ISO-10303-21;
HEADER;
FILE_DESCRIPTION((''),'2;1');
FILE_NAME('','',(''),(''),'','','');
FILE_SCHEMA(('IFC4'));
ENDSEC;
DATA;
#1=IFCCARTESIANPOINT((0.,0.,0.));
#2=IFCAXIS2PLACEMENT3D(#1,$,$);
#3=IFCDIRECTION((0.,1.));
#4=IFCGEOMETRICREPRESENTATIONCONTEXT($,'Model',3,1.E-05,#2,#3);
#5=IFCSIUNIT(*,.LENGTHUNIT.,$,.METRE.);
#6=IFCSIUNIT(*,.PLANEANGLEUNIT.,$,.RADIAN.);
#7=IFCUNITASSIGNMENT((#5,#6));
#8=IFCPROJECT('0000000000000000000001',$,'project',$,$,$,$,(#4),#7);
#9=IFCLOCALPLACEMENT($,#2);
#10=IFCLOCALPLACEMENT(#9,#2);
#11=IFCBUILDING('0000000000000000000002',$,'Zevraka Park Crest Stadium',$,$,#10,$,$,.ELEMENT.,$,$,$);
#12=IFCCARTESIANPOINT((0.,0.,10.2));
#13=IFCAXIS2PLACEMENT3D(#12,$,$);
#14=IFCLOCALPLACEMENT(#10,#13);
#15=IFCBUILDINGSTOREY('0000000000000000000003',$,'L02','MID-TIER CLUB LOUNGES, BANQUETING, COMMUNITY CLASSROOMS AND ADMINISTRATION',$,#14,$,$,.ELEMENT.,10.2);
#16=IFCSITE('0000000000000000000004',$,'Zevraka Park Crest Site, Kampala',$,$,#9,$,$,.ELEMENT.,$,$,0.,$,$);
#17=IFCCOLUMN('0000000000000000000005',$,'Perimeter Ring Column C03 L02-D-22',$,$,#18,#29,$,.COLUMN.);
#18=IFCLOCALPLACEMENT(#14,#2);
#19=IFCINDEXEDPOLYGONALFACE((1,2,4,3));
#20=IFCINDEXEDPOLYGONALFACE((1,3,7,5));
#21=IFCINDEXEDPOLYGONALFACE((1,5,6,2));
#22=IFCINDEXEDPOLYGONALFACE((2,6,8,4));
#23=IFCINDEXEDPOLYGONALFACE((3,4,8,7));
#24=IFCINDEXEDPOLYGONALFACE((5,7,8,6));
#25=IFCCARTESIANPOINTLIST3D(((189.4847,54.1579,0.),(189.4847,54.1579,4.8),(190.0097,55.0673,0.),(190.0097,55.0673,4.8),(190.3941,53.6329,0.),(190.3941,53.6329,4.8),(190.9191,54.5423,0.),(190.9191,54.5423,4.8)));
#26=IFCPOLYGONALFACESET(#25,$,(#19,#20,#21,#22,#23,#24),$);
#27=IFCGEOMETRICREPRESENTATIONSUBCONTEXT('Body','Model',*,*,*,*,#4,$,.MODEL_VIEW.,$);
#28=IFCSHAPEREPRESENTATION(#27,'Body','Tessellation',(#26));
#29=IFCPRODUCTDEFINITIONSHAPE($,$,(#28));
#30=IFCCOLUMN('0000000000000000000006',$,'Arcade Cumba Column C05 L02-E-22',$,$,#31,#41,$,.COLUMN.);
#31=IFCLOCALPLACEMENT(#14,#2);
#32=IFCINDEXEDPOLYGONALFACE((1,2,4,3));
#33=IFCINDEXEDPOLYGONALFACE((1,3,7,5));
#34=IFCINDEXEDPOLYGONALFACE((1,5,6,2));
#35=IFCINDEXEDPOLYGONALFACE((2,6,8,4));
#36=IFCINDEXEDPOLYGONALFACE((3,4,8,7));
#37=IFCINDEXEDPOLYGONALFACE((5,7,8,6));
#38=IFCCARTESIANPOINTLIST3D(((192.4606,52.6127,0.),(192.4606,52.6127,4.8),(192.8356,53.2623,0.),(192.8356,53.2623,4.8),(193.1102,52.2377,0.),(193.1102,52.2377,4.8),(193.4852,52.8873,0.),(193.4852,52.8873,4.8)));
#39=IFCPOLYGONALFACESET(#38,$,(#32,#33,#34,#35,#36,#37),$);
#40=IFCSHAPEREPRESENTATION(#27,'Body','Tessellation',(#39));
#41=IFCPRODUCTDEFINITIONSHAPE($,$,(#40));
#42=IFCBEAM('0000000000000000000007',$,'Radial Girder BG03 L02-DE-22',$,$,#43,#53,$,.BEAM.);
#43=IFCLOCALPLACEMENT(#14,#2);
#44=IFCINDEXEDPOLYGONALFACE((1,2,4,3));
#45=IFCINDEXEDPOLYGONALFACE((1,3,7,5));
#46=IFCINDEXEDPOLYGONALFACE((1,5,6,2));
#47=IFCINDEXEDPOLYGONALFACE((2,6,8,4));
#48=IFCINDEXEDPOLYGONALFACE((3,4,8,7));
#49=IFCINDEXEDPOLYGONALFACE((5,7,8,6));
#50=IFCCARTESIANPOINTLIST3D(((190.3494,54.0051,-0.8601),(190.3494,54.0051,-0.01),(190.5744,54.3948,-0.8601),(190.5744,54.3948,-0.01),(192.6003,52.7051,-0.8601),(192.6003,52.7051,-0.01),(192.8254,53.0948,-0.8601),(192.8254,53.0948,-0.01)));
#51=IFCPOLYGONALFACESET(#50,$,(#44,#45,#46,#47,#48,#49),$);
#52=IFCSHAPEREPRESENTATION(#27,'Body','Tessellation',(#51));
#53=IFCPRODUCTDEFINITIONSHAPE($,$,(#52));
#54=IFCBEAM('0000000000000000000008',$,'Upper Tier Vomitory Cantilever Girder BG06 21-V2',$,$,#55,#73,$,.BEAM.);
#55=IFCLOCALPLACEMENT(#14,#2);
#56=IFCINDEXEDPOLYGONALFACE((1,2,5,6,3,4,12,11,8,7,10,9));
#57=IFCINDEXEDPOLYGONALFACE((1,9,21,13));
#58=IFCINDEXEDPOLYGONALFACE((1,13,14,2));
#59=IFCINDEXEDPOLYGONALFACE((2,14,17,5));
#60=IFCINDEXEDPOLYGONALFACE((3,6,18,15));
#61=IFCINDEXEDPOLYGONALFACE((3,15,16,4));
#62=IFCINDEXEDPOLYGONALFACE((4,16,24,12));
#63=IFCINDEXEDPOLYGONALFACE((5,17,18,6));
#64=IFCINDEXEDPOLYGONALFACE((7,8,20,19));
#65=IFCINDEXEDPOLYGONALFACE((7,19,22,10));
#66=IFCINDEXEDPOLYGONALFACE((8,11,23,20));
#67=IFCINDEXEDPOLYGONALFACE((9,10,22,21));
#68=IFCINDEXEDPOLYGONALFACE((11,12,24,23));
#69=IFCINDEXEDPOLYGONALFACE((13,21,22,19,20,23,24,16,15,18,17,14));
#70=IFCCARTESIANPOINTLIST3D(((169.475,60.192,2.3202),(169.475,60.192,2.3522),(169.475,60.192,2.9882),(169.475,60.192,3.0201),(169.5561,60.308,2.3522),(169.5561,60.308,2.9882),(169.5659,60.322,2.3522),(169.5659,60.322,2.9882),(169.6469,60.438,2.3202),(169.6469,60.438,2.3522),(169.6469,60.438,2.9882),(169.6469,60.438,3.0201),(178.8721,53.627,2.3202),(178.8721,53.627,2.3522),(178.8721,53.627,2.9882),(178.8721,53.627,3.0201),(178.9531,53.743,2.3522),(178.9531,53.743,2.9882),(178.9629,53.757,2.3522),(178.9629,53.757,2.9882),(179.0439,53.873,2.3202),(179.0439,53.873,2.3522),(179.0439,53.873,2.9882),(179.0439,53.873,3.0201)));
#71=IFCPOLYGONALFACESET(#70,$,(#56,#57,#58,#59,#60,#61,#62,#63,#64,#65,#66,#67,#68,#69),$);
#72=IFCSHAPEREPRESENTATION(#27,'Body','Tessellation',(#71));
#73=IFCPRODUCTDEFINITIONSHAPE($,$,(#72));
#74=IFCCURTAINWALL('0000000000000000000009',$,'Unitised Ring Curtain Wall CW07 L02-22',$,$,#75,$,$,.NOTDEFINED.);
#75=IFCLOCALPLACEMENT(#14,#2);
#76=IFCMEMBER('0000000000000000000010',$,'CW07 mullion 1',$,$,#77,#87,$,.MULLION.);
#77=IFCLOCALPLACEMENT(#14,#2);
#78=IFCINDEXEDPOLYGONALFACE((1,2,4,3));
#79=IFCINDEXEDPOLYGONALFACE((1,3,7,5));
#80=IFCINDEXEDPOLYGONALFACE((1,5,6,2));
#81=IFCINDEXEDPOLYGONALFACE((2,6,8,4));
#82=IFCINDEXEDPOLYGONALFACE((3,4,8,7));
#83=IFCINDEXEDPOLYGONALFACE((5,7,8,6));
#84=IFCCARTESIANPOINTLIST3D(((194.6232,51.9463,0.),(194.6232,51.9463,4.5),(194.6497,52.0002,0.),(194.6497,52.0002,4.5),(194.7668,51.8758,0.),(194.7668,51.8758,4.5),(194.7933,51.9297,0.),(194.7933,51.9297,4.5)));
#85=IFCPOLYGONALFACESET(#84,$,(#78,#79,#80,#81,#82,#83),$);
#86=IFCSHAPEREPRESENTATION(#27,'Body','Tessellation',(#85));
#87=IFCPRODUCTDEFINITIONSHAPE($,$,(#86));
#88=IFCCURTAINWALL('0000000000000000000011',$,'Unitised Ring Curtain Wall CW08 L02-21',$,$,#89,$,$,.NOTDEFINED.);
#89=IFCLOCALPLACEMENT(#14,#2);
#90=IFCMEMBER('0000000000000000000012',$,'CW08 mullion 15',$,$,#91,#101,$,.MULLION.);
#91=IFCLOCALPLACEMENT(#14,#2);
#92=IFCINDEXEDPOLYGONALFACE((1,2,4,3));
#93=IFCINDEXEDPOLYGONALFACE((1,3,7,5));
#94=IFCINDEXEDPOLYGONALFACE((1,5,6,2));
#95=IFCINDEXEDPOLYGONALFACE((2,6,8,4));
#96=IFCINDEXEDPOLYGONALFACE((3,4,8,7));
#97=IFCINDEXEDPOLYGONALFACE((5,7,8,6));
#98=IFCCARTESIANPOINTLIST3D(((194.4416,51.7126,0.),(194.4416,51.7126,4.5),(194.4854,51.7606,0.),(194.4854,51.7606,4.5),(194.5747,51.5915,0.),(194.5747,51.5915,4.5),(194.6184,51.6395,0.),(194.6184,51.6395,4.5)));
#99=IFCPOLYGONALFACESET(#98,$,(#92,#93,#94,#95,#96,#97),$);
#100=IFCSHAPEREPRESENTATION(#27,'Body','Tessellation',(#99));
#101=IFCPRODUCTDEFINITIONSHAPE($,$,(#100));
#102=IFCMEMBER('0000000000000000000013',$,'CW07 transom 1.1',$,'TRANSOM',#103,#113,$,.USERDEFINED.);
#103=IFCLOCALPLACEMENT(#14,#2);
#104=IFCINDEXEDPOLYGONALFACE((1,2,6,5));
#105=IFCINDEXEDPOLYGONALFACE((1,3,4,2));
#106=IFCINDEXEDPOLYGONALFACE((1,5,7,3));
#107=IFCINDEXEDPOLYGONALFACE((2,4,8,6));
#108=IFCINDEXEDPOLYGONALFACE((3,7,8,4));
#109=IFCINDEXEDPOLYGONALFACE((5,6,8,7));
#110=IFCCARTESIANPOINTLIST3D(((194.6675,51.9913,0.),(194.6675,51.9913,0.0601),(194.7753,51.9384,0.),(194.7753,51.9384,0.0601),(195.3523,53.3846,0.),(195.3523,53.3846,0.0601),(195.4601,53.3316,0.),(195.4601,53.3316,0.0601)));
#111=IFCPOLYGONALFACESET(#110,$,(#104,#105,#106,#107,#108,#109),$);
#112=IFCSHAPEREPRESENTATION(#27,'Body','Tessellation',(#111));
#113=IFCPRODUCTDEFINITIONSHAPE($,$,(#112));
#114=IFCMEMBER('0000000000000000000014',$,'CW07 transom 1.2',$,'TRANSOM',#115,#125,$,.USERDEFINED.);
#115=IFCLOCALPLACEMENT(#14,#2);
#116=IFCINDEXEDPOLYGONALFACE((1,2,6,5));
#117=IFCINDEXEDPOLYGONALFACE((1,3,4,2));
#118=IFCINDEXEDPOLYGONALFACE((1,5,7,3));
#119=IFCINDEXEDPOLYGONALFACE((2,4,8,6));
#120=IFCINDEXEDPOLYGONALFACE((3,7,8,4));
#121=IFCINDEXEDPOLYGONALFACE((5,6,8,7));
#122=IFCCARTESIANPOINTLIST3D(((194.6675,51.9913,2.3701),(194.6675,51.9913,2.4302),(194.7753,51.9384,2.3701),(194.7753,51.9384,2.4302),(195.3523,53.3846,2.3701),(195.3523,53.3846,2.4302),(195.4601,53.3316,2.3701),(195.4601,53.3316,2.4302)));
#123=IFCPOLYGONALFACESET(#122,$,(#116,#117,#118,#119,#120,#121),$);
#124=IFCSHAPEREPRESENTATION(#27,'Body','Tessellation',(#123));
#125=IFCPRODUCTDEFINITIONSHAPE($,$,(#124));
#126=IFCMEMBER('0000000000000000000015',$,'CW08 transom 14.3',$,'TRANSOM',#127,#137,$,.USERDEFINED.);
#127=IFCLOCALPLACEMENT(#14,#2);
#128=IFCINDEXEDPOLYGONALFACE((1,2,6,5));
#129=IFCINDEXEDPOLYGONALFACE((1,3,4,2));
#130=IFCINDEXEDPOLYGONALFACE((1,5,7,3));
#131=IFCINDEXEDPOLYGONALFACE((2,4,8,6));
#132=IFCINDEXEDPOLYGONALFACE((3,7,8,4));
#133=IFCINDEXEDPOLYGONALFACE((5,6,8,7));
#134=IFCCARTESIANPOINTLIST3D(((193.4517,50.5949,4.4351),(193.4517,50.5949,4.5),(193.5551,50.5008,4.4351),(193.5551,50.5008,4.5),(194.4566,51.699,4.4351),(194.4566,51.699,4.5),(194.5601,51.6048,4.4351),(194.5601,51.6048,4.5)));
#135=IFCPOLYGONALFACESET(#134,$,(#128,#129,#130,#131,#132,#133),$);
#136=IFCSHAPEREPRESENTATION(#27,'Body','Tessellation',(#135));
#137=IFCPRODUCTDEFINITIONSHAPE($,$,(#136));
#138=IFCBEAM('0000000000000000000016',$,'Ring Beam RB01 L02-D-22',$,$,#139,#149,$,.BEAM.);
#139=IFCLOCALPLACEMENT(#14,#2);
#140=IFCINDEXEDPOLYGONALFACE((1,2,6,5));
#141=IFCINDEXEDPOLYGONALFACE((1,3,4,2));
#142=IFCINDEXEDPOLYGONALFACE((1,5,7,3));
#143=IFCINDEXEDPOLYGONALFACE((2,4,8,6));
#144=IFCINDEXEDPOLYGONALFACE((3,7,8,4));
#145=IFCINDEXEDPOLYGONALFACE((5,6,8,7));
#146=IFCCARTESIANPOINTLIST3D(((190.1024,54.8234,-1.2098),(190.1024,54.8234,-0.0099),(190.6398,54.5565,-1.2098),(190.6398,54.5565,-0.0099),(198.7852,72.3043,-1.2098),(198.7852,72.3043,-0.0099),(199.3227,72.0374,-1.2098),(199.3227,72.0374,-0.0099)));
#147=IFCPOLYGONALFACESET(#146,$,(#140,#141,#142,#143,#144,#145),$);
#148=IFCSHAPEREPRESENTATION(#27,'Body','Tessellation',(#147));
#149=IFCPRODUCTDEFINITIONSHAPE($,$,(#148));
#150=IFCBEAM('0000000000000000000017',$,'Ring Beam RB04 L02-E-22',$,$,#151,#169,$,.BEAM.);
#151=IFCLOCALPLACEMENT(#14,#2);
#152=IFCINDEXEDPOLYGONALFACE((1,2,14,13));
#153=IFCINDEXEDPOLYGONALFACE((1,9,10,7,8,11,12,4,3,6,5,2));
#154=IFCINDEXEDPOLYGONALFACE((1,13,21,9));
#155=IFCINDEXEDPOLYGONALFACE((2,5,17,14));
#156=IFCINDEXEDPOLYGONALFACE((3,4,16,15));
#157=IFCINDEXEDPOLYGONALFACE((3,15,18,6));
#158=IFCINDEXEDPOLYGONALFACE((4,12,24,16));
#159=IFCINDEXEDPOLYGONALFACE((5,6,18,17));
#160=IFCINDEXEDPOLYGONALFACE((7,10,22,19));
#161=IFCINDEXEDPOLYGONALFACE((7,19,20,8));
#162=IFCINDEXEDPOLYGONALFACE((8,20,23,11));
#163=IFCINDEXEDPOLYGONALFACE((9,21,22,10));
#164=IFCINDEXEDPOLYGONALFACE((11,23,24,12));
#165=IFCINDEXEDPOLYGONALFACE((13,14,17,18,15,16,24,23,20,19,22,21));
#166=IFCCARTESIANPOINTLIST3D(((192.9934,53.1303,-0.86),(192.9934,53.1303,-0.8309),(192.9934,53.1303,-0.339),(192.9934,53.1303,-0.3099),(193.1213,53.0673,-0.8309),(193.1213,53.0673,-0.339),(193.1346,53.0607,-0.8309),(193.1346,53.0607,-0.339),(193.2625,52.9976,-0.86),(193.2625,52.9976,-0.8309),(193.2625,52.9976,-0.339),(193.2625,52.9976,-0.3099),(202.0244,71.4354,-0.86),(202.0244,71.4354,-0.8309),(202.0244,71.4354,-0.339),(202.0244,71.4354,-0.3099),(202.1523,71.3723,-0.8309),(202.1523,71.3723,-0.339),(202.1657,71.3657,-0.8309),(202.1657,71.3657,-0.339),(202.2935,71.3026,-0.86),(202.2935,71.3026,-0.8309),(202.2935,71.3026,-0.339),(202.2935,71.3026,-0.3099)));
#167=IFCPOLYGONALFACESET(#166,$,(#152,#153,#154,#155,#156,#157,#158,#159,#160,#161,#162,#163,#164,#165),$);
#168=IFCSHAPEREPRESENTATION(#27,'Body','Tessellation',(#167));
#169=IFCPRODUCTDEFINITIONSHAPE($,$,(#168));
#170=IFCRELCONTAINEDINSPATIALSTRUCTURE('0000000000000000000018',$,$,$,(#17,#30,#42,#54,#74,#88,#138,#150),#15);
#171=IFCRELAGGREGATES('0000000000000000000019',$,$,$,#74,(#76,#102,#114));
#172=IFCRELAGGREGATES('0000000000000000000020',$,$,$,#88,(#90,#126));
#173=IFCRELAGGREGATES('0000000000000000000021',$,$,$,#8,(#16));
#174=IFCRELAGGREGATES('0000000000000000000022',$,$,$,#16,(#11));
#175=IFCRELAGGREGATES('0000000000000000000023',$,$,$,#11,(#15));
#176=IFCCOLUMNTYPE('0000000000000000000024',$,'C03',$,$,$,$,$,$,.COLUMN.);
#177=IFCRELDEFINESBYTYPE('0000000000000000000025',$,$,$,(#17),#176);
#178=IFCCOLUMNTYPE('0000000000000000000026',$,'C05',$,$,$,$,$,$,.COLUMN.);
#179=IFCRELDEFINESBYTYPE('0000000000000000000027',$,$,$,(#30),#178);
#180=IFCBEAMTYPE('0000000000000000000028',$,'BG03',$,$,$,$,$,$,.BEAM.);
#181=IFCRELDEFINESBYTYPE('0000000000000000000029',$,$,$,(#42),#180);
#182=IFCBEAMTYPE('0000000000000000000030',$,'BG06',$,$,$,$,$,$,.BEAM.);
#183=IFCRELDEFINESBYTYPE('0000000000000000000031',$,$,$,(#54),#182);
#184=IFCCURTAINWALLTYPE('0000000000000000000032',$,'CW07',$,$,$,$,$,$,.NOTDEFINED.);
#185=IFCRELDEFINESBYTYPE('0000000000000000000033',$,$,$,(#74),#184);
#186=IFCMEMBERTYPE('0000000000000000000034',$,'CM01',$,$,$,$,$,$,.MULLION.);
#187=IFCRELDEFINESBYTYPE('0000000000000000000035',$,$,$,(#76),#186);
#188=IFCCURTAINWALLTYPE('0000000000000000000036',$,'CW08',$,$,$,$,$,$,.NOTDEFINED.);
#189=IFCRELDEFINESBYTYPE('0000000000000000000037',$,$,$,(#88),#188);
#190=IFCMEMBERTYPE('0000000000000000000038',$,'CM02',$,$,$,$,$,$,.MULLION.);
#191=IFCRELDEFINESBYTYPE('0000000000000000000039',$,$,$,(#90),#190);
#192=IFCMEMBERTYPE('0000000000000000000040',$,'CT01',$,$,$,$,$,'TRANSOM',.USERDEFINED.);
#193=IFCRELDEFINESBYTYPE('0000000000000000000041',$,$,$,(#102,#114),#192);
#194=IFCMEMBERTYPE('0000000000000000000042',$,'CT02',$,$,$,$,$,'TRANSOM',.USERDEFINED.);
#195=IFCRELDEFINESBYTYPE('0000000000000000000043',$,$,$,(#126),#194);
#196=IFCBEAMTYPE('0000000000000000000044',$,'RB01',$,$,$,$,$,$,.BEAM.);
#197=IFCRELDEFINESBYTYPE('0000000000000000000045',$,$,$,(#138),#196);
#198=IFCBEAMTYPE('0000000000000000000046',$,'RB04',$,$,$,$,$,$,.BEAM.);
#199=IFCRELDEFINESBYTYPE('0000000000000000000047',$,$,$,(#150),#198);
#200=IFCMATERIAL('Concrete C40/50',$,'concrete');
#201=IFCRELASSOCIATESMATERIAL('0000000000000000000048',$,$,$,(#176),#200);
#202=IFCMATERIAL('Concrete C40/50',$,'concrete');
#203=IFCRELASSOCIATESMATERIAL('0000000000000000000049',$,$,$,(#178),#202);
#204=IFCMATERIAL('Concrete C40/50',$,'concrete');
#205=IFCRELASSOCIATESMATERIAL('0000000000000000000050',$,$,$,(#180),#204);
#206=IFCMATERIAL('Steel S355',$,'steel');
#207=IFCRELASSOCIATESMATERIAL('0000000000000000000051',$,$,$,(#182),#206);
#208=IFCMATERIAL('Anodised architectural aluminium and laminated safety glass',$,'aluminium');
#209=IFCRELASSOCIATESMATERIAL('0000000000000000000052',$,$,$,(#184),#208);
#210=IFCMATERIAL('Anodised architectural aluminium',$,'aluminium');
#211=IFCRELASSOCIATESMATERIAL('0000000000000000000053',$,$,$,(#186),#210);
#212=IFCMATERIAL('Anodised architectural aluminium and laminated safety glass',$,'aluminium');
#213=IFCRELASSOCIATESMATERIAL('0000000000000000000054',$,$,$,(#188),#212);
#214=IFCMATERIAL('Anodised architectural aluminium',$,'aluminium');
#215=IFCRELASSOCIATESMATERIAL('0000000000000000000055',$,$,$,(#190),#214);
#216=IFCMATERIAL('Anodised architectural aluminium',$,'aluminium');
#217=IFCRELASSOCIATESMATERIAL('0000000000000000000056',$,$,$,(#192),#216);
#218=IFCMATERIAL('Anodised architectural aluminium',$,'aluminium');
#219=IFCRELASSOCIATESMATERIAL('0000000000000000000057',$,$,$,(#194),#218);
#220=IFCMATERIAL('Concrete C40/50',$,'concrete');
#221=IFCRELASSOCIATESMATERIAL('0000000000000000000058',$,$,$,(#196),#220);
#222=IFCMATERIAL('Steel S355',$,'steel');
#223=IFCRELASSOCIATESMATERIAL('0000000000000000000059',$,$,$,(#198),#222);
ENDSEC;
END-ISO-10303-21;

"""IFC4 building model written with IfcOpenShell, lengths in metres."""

from ifc_helpers import new_model, si_unit, direction, frame, origin, origin_2d, place, context, subcontext, project, spatial, rectangle, i_section, extrude, material, material_profile, profile_set, type_object, element, aggregate, save


model = new_model("IFC4")

# Units and contexts
model_context = context("Model", 3, precision=1e-05, world=origin(), true_north=direction((0.0, 1.0)))
body_context = subcontext(model_context, "Body", "Model", "MODEL_VIEW")
ifc_project = project(units=[si_unit("LENGTHUNIT", "METRE"), si_unit("PLANEANGLEUNIT", "RADIAN")], contexts=[model_context])

# Site, building, storey
site_placement = place(None, origin())
site = spatial("IfcSite", under=ifc_project, at=site_placement, Name="Zevraka Park Crest Site, Kampala", CompositionType="ELEMENT", RefElevation=0.0)
building_placement = place(site_placement, origin())
building = spatial("IfcBuilding", under=site, at=building_placement, Name="Zevraka Park Crest Stadium", CompositionType="ELEMENT")
storey_placement = place(building_placement, frame((0.0, 0.0, 10.2)))
storey = spatial("IfcBuildingStorey", under=building, at=storey_placement, Name="L02", Description="MID-TIER CLUB LOUNGES, BANQUETING, COMMUNITY CLASSROOMS AND ADMINISTRATION", CompositionType="ELEMENT", Elevation=10.2)

# Columns
ifc_material_1 = material(Name="Concrete C40/50", Category="concrete")
ifc_material_profile_1 = material_profile(ifc_material_1, rectangle(XDim=1.05, YDim=1.05, at=origin_2d()), Name="RC 1050x1050")
ifc_profile_set_1 = profile_set([ifc_material_profile_1], Name="Concrete C40/50")
column_type_1 = type_object("IfcColumnType", Name="C03", PredefinedType="COLUMN", material=ifc_profile_set_1)
column_1_placement = place(storey_placement, frame((190.2019, 54.3501, 0.0), z_axis=(0.0, 0.0, 1.0), x_axis=(-0.866025, 0.5, 0.0)))
element("IfcColumn", 1, at=column_1_placement, inside=storey, type_object=column_type_1, Name="Perimeter Ring Column C03 L02-D-22", PredefinedType="COLUMN", context=body_context, shape_type="SweptSolid", body=[
    extrude(rectangle(XDim=1.05, YDim=1.05, at=origin_2d()), origin(), (0.0, 0.0, 1.0), 4.8),
])
ifc_material_2 = material(Name="Concrete C40/50", Category="concrete")
ifc_material_profile_2 = material_profile(ifc_material_2, rectangle(XDim=0.75, YDim=0.75, at=origin_2d()), Name="RC 750x750")
ifc_profile_set_2 = profile_set([ifc_material_profile_2], Name="Concrete C40/50")
column_type_2 = type_object("IfcColumnType", Name="C05", PredefinedType="COLUMN", material=ifc_profile_set_2)
column_2_placement = place(storey_placement, frame((192.9729, 52.75, 0.0), z_axis=(0.0, 0.0, 1.0), x_axis=(-0.866025, 0.5, 0.0)))
element("IfcColumn", 2, at=column_2_placement, inside=storey, type_object=column_type_2, Name="Arcade Cumba Column C05 L02-E-22", PredefinedType="COLUMN", context=body_context, shape_type="SweptSolid", body=[
    extrude(rectangle(XDim=0.75, YDim=0.75, at=origin_2d()), origin(), (0.0, 0.0, 1.0), 4.8),
])

# Beams
ifc_material_3 = material(Name="Concrete C40/50", Category="concrete")
ifc_material_profile_3 = material_profile(ifc_material_3, rectangle(XDim=0.45, YDim=0.8501, at=origin_2d()), Name="RC 850x450")
ifc_profile_set_3 = profile_set([ifc_material_profile_3], Name="Concrete C40/50")
beam_type_1 = type_object("IfcBeamType", Name="BG03", PredefinedType="BEAM", material=ifc_profile_set_3)
beam_1_placement = place(storey_placement, frame((190.4619, 54.2, -0.4351), z_axis=(0.865951, -0.500129, 0.0), x_axis=(0.500129, 0.865951, 0.0)))
element("IfcBeam", 3, at=beam_1_placement, inside=storey, type_object=beam_type_1, Name="Radial Girder BG03 L02-DE-22", PredefinedType="BEAM", context=body_context, shape_type="SweptSolid", body=[
    extrude(rectangle(XDim=0.45, YDim=0.8501, at=origin_2d()), origin(), (0.0, 0.0, 1.0), 2.5994),
])
ifc_material_4 = material(Name="Steel S355", Category="steel")
ifc_material_profile_4 = material_profile(ifc_material_4, i_section(OverallWidth=0.3, OverallDepth=0.7, WebThickness=0.0171, FlangeThickness=0.032, at=origin_2d()), Name="HEB 700")
ifc_profile_set_4 = profile_set([ifc_material_profile_4], Name="Steel S355")
beam_type_2 = type_object("IfcBeamType", Name="BG06", PredefinedType="BEAM", material=ifc_profile_set_4)
beam_2_placement = place(storey_placement, frame((178.958, 53.75, 2.6702), z_axis=(-0.819762, 0.572705, 0.0), x_axis=(-0.572705, -0.819762, 0.0)))
element("IfcBeam", 4, at=beam_2_placement, inside=storey, type_object=beam_type_2, Name="Upper Tier Vomitory Cantilever Girder BG06 21-V2", PredefinedType="BEAM", context=body_context, shape_type="SweptSolid", body=[
    extrude(i_section(OverallWidth=0.3, OverallDepth=0.7, WebThickness=0.0171, FlangeThickness=0.032, at=origin_2d()), origin(), (0.0, 0.0, 1.0), 11.4631),
])

# Curtain walls, members
ifc_material_5 = material(Name="Anodised architectural aluminium and laminated safety glass", Category="aluminium")
curtain_wall_type_1 = type_object("IfcCurtainWallType", Name="CW07", PredefinedType="NOTDEFINED", material=ifc_material_5)
curtain_wall_1_placement = place(storey_placement, origin())
curtain_wall_1 = element("IfcCurtainWall", 5, at=curtain_wall_1_placement, inside=storey, type_object=curtain_wall_type_1, Name="Unitised Ring Curtain Wall CW07 L02-22", PredefinedType="NOTDEFINED")
ifc_material_6 = material(Name="Anodised architectural aluminium", Category="aluminium")
ifc_material_profile_5 = material_profile(ifc_material_6, rectangle(XDim=0.1599, YDim=0.0601, at=origin_2d()), Name="ALU MULLION 160x60")
ifc_profile_set_5 = profile_set([ifc_material_profile_5], Name="Anodised architectural aluminium")
member_type_1 = type_object("IfcMemberType", Name="CM01", PredefinedType="MULLION", material=ifc_profile_set_5)
member_1_placement = place(storey_placement, frame((194.7083, 51.938, 0.0), z_axis=(0.0, 0.0, 1.0), x_axis=(-0.897497, 0.441021, 0.0)))
member_1 = element("IfcMember", 6, at=member_1_placement, type_object=member_type_1, Name="CW07 mullion 1", PredefinedType="MULLION", context=body_context, shape_type="SweptSolid", body=[
    extrude(rectangle(XDim=0.1599, YDim=0.0601, at=origin_2d()), origin(), (0.0, 0.0, 1.0), 4.5),
])
ifc_material_7 = material(Name="Anodised architectural aluminium and laminated safety glass", Category="aluminium")
curtain_wall_type_2 = type_object("IfcCurtainWallType", Name="CW08", PredefinedType="NOTDEFINED", material=ifc_material_7)
curtain_wall_2_placement = place(storey_placement, origin())
curtain_wall_2 = element("IfcCurtainWall", 7, at=curtain_wall_2_placement, inside=storey, type_object=curtain_wall_type_2, Name="Unitised Ring Curtain Wall CW08 L02-21", PredefinedType="NOTDEFINED")
ifc_material_8 = material(Name="Anodised architectural aluminium", Category="aluminium")
ifc_material_profile_6 = material_profile(ifc_material_8, rectangle(XDim=0.1799, YDim=0.0649, at=origin_2d()), Name="ALU MULLION 180x65")
ifc_profile_set_6 = profile_set([ifc_material_profile_6], Name="Anodised architectural aluminium")
member_type_2 = type_object("IfcMemberType", Name="CM02", PredefinedType="MULLION", material=ifc_profile_set_6)
member_2_placement = place(storey_placement, frame((194.53, 51.676, 0.0), z_axis=(0.0, 0.0, 1.0), x_axis=(-0.739497, 0.67316, 0.0)))
member_2 = element("IfcMember", 8, at=member_2_placement, type_object=member_type_2, Name="CW08 mullion 15", PredefinedType="MULLION", context=body_context, shape_type="SweptSolid", body=[
    extrude(rectangle(XDim=0.1799, YDim=0.0649, at=origin_2d()), origin(), (0.0, 0.0, 1.0), 4.5),
])

# Members
ifc_material_9 = material(Name="Anodised architectural aluminium", Category="aluminium")
ifc_material_profile_7 = material_profile(ifc_material_9, rectangle(XDim=0.1201, YDim=0.0601, at=origin_2d()), Name="ALU TRANSOM 120x60")
ifc_profile_set_7 = profile_set([ifc_material_profile_7], Name="Anodised architectural aluminium")
member_type_3 = type_object("IfcMemberType", Name="CT01", ElementType="TRANSOM", PredefinedType="USERDEFINED", material=ifc_profile_set_7)
member_3_placement = place(storey_placement, frame((194.7214, 51.9648, 0.03), z_axis=(0.441102, 0.897457, 0.0), x_axis=(-0.897457, 0.441102, 0.0)))
member_3 = element("IfcMember", 9, at=member_3_placement, type_object=member_type_3, Name="CW07 transom 1.1", ObjectType="TRANSOM", PredefinedType="USERDEFINED", context=body_context, shape_type="SweptSolid", body=[
    extrude(rectangle(XDim=0.1201, YDim=0.0601, at=origin_2d()), origin(), (0.0, 0.0, 1.0), 1.5525),
])
member_4_placement = place(storey_placement, frame((194.7214, 51.9648, 2.4001), z_axis=(0.441102, 0.897457, 0.0), x_axis=(-0.897457, 0.441102, 0.0)))
member_4 = element("IfcMember", 10, at=member_4_placement, type_object=member_type_3, Name="CW07 transom 1.2", ObjectType="TRANSOM", PredefinedType="USERDEFINED", context=body_context, shape_type="SweptSolid", body=[
    extrude(rectangle(XDim=0.1201, YDim=0.0601, at=origin_2d()), origin(), (0.0, 0.0, 1.0), 1.5525),
])
aggregate(curtain_wall_1, [member_1, member_3, member_4])
ifc_material_10 = material(Name="Anodised architectural aluminium", Category="aluminium")
ifc_material_profile_8 = material_profile(ifc_material_10, rectangle(XDim=0.1399, YDim=0.0649, at=origin_2d()), Name="ALU TRANSOM 140x65")
ifc_profile_set_8 = profile_set([ifc_material_profile_8], Name="Anodised architectural aluminium")
member_type_4 = type_object("IfcMemberType", Name="CT02", ElementType="TRANSOM", PredefinedType="USERDEFINED", material=ifc_profile_set_8)
member_5_placement = place(storey_placement, frame((193.5034, 50.5479, 4.4675), z_axis=(0.673129, 0.739526, 0.0), x_axis=(-0.739526, 0.673129, 0.0)))
member_5 = element("IfcMember", 11, at=member_5_placement, type_object=member_type_4, Name="CW08 transom 14.3", ObjectType="TRANSOM", PredefinedType="USERDEFINED", context=body_context, shape_type="SweptSolid", body=[
    extrude(rectangle(XDim=0.1399, YDim=0.0649, at=origin_2d()), origin(), (0.0, 0.0, 1.0), 1.4929),
])

# Beams
ifc_material_11 = material(Name="Concrete C40/50", Category="concrete")
ifc_material_profile_9 = material_profile(ifc_material_11, rectangle(XDim=0.6001, YDim=1.2, at=origin_2d()), Name="RC 1200x600")
ifc_profile_set_9 = profile_set([ifc_material_profile_9], Name="Concrete C40/50")
beam_type_3 = type_object("IfcBeamType", Name="RB01", PredefinedType="BEAM", material=ifc_profile_set_9)
beam_3_placement = place(storey_placement, frame((190.3711, 54.6899, -0.6099), z_axis=(0.444851, 0.895605, 0.0), x_axis=(-0.895605, 0.444851, 0.0)))
element("IfcBeam", 12, at=beam_3_placement, inside=storey, type_object=beam_type_3, Name="Ring Beam RB01 L02-D-22", PredefinedType="BEAM", context=body_context, shape_type="SweptSolid", body=[
    extrude(rectangle(XDim=0.6001, YDim=1.2, at=origin_2d()), origin(), (0.0, 0.0, 1.0), 19.5186),
])
ifc_material_12 = material(Name="Steel S355", Category="steel")
ifc_material_profile_10 = material_profile(ifc_material_12, i_section(OverallWidth=0.3, OverallDepth=0.55, WebThickness=0.0149, FlangeThickness=0.0291, at=origin_2d()), Name="HEB 550")
ifc_profile_set_10 = profile_set([ifc_material_profile_10], Name="Steel S355")
beam_type_4 = type_object("IfcBeamType", Name="RB04", PredefinedType="BEAM", material=ifc_profile_set_10)
beam_4_placement = place(storey_placement, frame((193.1279, 53.064, -0.585), z_axis=(0.442447, 0.896795, 0.0), x_axis=(-0.896795, 0.442447, 0.0)))
element("IfcBeam", 13, at=beam_4_placement, inside=storey, type_object=beam_type_4, Name="Ring Beam RB04 L02-E-22", PredefinedType="BEAM", context=body_context, shape_type="SweptSolid", body=[
    extrude(i_section(OverallWidth=0.3, OverallDepth=0.55, WebThickness=0.0149, FlangeThickness=0.0291, at=origin_2d()), origin(), (0.0, 0.0, 1.0), 20.4116),
])

aggregate(curtain_wall_2, [member_2, member_5])

save(model, "model.ifc")
